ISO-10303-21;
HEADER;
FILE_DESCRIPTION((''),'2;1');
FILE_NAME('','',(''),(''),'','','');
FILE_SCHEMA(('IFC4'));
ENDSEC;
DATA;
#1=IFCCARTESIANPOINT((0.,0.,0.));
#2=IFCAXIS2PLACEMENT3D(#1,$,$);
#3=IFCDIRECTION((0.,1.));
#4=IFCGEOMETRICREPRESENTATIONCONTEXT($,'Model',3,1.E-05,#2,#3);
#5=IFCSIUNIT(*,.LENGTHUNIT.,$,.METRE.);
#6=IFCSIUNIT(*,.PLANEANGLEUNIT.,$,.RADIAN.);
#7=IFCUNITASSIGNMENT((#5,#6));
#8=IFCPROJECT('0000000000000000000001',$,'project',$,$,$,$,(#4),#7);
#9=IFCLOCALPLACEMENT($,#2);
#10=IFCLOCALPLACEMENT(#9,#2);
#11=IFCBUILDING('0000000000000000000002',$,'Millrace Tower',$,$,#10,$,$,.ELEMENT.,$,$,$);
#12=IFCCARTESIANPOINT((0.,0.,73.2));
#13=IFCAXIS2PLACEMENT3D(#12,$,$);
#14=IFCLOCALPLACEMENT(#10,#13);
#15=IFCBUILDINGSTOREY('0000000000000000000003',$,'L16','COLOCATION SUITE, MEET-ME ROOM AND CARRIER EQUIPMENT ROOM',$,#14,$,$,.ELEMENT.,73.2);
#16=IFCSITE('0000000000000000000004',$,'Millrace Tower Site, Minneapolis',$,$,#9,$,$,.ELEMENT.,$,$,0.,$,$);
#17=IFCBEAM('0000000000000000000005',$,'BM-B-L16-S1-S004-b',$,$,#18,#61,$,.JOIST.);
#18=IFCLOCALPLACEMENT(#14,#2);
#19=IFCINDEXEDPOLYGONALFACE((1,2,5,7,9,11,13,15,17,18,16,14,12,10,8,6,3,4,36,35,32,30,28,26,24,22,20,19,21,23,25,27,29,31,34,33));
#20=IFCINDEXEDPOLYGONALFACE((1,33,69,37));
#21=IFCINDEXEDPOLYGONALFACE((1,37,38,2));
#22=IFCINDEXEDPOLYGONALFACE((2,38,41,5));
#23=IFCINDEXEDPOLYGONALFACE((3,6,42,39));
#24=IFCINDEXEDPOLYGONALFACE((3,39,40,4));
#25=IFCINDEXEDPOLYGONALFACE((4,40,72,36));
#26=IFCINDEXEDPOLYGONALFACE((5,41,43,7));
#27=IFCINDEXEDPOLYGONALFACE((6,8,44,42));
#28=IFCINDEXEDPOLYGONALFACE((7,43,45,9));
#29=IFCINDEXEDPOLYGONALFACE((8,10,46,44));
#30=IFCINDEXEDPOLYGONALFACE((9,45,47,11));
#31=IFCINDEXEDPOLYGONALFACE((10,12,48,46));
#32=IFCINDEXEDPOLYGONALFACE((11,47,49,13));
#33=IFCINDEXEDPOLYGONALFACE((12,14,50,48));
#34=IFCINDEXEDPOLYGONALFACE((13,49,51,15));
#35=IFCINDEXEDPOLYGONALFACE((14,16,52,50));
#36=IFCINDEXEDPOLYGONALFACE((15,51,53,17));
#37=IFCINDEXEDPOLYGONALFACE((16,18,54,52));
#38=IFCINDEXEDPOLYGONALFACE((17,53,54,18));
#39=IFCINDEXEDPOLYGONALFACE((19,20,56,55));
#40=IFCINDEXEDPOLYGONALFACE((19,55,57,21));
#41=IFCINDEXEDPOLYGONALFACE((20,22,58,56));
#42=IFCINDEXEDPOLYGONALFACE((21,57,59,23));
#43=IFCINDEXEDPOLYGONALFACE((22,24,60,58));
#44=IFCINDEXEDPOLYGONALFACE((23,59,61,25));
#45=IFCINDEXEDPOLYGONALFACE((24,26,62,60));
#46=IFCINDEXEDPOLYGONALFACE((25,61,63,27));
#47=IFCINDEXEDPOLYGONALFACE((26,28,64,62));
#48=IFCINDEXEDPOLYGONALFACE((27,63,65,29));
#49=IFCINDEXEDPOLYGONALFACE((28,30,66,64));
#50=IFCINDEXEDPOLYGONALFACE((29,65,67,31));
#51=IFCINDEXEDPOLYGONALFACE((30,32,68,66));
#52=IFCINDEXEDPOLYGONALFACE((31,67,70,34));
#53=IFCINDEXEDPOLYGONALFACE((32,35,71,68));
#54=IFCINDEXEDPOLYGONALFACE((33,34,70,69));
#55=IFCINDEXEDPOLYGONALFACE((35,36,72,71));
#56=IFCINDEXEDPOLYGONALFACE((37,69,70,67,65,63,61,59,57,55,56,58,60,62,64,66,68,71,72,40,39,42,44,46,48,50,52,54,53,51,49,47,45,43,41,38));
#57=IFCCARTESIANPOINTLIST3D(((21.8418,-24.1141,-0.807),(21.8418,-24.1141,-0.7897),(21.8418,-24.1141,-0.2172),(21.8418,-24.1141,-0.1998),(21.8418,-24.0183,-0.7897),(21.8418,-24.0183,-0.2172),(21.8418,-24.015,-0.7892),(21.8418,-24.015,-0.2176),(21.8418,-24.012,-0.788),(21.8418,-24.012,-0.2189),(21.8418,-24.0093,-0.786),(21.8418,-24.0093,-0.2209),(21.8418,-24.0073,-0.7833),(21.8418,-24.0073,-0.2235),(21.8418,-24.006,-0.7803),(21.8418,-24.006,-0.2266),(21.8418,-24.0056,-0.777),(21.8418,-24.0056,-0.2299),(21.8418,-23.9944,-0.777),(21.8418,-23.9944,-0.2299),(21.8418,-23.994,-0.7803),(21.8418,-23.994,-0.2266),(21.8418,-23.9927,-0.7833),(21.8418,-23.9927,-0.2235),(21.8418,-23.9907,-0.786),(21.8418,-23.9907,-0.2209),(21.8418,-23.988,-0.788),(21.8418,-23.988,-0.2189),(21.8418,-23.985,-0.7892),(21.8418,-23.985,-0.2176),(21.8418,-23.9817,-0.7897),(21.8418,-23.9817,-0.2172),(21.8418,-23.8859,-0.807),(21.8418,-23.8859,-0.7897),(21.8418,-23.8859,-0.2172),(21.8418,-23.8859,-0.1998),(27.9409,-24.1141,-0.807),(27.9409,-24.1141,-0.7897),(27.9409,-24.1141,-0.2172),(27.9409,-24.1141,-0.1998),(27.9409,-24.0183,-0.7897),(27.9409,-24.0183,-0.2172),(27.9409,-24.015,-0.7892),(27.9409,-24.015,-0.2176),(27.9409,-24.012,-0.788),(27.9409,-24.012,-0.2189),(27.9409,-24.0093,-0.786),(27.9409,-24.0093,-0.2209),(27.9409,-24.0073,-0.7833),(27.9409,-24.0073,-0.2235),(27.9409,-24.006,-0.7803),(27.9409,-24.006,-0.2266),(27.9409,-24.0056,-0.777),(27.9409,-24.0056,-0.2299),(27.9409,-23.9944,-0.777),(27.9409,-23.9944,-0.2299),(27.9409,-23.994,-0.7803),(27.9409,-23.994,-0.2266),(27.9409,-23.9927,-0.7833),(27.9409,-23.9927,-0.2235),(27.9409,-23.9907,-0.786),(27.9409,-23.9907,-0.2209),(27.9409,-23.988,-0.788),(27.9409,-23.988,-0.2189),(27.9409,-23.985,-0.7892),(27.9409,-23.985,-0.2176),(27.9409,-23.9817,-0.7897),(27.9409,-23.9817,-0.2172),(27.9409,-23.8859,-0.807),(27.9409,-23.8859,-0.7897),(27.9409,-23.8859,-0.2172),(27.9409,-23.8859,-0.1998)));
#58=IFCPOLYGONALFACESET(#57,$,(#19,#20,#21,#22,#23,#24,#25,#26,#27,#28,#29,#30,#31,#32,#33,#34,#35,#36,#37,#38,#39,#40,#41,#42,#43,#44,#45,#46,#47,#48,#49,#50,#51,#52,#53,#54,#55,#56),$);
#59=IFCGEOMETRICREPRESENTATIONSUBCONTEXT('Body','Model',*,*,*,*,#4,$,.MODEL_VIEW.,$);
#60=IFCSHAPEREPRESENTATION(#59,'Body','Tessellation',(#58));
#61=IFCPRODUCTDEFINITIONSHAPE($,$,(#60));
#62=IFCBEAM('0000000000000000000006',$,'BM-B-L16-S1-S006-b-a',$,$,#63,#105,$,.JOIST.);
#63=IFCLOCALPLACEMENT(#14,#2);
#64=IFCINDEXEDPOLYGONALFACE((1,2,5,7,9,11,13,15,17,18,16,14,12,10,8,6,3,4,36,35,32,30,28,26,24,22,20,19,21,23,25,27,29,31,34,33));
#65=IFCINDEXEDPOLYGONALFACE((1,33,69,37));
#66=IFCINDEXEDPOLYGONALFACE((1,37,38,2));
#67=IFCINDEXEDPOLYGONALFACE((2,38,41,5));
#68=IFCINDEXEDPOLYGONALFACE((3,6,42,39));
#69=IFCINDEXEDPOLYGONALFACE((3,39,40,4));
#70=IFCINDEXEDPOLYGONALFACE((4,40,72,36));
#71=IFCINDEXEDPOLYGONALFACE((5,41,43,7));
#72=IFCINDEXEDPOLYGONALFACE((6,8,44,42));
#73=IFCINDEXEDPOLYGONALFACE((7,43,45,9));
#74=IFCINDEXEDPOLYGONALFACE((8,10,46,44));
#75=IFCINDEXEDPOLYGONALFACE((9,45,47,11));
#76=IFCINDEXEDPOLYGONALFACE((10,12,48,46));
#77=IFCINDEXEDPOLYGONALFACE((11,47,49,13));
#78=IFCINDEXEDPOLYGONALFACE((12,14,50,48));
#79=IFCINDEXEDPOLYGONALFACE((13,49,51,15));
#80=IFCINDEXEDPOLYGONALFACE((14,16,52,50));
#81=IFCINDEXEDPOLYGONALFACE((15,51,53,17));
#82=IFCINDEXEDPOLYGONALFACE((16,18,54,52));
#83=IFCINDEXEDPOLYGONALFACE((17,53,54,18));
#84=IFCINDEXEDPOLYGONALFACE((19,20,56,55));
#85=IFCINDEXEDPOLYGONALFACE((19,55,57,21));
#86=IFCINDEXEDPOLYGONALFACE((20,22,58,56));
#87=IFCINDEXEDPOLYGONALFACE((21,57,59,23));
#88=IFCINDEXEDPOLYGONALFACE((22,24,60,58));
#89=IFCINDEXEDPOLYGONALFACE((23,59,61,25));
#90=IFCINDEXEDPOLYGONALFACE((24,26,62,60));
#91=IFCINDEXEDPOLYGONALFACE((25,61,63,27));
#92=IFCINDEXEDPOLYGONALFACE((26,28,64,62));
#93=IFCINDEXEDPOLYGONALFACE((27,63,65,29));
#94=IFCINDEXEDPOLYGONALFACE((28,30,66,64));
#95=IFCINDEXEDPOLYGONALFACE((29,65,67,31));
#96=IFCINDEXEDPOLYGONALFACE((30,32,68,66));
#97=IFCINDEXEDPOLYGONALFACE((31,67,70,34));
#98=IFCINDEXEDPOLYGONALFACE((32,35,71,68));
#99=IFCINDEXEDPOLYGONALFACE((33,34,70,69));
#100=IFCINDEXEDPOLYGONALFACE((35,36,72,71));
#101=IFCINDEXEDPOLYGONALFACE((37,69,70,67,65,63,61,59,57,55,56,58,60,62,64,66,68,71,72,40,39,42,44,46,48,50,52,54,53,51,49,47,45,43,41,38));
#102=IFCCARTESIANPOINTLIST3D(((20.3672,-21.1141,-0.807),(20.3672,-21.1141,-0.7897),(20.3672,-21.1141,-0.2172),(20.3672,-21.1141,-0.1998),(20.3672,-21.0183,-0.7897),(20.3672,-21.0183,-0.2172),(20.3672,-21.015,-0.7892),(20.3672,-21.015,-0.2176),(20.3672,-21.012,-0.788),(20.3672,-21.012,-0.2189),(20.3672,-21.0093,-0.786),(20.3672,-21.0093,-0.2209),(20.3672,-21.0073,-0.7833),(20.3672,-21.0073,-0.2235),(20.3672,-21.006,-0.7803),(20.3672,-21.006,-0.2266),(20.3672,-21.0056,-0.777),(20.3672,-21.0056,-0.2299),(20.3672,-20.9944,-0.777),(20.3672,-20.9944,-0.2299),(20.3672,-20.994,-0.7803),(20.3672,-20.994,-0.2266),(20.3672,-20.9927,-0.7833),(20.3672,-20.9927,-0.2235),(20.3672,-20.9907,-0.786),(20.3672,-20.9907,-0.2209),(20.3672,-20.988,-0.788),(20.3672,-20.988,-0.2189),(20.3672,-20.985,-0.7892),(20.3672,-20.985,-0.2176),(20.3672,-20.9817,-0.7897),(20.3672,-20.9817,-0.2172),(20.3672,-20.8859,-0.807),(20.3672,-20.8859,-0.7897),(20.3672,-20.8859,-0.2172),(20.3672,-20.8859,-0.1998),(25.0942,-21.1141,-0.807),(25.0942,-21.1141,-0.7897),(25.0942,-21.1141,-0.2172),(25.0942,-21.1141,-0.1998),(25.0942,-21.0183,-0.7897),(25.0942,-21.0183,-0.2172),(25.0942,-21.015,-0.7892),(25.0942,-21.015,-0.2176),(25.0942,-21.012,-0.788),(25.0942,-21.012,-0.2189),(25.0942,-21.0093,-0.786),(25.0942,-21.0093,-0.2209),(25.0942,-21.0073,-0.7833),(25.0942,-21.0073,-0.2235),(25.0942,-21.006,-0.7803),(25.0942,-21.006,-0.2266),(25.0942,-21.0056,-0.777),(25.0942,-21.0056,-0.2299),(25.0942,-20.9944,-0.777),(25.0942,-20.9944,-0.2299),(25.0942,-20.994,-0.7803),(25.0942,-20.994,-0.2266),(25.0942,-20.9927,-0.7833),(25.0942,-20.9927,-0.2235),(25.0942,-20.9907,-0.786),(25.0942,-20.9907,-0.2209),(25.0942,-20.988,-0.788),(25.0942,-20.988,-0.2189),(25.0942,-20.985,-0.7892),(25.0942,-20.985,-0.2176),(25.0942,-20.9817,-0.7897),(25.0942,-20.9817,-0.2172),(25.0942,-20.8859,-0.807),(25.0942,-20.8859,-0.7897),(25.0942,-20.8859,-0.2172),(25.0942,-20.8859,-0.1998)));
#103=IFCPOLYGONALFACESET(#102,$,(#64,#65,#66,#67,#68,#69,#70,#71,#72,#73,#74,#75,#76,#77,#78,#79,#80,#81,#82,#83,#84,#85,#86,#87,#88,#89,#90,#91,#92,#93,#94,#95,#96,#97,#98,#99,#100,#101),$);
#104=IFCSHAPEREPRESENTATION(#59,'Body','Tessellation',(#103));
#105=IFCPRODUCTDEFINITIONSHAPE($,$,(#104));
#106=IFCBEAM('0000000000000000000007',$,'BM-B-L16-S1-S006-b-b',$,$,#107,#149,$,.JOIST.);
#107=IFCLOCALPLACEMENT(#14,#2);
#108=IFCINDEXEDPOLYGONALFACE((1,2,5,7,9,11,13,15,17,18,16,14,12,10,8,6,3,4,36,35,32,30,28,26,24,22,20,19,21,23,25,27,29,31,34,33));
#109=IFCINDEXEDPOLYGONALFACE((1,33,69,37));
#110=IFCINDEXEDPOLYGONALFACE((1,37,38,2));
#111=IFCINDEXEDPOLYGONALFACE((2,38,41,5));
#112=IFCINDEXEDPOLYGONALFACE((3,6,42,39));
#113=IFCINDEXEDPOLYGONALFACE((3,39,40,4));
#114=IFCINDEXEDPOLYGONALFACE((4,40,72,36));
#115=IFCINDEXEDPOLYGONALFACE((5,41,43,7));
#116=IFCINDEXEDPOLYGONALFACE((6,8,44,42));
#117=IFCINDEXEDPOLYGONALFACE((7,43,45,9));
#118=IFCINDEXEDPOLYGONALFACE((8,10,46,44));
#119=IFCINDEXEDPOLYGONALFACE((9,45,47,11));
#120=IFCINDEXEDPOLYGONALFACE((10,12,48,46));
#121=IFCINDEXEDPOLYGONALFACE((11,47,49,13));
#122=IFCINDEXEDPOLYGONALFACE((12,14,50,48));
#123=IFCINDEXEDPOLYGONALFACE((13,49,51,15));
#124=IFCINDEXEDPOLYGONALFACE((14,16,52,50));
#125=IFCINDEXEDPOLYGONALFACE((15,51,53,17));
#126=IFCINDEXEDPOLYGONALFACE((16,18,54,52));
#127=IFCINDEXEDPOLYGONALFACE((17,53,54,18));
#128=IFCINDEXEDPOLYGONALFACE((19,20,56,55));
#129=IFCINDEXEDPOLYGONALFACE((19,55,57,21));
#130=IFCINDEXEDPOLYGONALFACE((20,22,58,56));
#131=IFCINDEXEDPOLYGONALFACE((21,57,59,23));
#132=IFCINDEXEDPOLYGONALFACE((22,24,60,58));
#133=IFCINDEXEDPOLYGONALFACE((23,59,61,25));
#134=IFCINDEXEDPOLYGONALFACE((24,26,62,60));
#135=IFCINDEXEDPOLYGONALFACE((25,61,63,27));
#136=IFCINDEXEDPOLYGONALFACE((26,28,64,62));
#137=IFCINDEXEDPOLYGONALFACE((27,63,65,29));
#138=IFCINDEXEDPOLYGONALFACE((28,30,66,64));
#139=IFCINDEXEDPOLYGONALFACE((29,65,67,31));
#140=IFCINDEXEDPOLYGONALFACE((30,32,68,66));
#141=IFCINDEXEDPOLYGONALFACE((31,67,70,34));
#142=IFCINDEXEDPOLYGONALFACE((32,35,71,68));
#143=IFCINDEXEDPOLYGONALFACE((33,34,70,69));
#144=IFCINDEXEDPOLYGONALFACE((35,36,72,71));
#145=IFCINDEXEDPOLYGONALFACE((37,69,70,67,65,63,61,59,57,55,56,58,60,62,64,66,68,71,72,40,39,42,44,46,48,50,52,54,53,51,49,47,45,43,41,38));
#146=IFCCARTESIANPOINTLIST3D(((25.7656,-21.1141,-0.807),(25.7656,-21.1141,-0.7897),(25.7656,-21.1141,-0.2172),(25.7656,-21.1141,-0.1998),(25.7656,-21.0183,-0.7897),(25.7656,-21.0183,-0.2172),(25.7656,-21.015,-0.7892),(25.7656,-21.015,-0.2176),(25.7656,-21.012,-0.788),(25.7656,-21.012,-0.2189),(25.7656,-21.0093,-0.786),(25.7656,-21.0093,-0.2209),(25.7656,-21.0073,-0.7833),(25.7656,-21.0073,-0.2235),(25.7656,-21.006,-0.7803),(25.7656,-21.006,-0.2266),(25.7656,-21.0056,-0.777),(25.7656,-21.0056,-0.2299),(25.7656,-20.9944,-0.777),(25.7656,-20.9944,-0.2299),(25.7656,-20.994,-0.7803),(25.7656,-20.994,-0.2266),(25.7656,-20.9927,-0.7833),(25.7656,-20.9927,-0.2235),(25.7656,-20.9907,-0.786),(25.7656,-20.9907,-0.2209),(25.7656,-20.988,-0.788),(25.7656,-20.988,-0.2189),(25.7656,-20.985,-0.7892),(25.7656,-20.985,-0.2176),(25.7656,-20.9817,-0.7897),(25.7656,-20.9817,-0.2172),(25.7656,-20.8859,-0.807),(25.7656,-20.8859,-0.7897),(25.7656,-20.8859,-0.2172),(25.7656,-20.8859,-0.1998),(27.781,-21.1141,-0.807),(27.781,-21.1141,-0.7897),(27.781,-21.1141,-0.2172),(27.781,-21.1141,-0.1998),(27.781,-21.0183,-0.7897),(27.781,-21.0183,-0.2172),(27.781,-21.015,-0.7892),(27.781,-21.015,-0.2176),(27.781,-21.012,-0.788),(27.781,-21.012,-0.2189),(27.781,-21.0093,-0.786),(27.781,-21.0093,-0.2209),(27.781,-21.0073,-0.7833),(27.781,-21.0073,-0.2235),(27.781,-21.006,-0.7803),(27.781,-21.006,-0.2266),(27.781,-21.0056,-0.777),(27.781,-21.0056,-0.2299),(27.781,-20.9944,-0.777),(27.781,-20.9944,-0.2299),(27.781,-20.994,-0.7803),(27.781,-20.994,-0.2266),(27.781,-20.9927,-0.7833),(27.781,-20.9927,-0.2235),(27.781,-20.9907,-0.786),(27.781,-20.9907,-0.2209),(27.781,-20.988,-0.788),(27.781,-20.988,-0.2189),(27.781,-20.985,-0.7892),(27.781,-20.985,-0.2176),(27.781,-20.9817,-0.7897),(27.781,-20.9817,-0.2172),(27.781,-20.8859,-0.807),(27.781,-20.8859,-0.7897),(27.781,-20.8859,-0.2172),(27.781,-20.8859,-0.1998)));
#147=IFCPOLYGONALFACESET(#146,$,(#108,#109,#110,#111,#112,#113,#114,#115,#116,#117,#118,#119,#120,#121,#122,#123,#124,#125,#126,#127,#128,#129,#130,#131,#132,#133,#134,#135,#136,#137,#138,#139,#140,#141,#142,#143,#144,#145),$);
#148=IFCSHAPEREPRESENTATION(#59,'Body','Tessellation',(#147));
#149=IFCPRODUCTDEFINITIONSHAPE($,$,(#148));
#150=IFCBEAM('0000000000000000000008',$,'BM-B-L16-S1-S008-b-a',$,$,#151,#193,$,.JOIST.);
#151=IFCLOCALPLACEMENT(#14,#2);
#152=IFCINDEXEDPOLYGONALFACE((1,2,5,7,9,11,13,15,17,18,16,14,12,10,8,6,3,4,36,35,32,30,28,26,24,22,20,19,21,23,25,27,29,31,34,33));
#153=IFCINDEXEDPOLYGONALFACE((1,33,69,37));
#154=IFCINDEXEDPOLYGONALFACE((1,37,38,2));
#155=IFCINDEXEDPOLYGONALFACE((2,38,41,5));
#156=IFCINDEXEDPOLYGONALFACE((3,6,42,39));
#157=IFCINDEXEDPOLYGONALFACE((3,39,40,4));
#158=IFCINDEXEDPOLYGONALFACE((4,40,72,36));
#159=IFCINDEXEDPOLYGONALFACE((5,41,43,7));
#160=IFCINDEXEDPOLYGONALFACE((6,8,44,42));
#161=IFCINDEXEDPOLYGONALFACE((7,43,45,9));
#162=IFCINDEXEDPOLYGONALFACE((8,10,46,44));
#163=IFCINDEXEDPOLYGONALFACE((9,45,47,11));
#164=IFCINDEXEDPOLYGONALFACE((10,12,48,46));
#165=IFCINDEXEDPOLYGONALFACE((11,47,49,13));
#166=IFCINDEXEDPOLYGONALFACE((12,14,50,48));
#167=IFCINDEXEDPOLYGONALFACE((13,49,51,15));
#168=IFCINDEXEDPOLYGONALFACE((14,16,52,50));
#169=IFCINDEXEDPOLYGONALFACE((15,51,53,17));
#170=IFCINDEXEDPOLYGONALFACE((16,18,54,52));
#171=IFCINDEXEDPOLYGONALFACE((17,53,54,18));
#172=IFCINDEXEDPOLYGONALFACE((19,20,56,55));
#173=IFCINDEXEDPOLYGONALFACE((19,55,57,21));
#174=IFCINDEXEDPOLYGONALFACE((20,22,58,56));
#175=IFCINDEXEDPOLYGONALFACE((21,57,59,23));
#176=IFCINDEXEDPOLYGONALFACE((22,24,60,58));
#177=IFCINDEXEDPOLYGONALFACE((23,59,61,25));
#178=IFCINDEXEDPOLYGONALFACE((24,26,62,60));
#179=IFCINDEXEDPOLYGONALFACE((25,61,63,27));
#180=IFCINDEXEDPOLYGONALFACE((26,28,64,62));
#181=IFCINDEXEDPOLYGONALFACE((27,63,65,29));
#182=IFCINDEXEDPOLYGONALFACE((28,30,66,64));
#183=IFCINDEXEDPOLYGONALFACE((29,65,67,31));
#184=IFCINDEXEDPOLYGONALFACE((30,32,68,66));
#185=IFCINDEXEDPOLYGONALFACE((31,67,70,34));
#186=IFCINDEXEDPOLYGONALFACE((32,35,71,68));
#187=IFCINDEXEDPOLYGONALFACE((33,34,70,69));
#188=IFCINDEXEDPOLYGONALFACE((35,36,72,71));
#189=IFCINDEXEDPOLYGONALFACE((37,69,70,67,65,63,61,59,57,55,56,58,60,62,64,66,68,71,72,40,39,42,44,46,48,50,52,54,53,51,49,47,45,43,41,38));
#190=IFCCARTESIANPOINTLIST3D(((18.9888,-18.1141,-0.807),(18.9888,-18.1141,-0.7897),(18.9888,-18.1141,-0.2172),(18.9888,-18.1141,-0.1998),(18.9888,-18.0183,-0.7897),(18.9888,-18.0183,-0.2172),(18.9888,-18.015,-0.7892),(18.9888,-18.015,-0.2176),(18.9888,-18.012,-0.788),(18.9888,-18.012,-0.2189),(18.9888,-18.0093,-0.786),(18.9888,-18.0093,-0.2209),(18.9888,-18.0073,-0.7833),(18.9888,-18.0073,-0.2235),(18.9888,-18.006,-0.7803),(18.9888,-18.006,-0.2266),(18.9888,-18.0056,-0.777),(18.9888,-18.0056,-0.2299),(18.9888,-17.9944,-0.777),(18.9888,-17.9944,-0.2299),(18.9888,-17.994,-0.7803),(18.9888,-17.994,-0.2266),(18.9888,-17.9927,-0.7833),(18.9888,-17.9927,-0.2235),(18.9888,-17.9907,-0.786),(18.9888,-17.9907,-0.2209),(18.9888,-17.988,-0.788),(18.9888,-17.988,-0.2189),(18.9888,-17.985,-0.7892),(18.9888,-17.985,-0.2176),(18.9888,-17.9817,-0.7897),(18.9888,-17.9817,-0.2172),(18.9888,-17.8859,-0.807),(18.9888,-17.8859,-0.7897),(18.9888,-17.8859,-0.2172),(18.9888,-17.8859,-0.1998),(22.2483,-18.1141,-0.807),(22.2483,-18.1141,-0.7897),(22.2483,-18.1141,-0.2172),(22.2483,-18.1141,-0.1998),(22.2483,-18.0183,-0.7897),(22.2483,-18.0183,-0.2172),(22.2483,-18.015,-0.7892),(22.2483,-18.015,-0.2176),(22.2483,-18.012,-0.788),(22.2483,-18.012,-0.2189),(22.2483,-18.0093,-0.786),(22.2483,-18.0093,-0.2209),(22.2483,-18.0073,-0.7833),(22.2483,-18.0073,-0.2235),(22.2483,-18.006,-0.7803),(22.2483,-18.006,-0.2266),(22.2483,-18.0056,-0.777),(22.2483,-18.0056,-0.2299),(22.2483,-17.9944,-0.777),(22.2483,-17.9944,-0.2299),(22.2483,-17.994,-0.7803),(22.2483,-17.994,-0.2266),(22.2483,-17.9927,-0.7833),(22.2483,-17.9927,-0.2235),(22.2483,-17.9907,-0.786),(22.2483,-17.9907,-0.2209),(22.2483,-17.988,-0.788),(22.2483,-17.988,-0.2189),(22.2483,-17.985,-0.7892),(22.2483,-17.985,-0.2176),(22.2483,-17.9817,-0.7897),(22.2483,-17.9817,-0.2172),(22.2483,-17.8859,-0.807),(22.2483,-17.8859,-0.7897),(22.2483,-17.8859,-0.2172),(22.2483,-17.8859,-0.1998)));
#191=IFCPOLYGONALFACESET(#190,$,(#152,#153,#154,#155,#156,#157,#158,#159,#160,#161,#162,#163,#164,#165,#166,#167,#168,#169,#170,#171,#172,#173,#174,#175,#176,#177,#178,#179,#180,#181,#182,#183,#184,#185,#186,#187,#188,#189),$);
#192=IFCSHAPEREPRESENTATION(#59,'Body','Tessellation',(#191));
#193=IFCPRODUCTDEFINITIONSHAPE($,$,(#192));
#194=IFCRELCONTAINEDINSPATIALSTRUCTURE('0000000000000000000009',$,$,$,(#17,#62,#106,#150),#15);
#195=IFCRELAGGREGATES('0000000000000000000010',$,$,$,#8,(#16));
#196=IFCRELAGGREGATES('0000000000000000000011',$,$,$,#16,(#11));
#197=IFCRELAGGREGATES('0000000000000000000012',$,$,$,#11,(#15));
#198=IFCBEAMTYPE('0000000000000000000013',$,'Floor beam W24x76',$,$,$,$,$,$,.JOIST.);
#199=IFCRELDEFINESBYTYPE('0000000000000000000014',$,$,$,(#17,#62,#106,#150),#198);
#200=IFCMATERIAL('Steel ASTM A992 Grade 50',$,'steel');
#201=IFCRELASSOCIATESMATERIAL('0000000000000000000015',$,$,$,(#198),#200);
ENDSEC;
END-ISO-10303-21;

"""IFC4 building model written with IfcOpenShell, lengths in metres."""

from ifc_helpers import new_model, si_unit, direction, frame, origin, origin_2d, place, context, subcontext, project, spatial, i_section, extrude, material, material_profile, profile_set, type_object, element, save


model = new_model("IFC4")

# Units and contexts
model_context = context("Model", 3, precision=1e-05, world=origin(), true_north=direction((0.0, 1.0)))
body_context = subcontext(model_context, "Body", "Model", "MODEL_VIEW")
ifc_project = project(units=[si_unit("LENGTHUNIT", "METRE"), si_unit("PLANEANGLEUNIT", "RADIAN")], contexts=[model_context])

# Site, building, storey
site_placement = place(None, origin())
site = spatial("IfcSite", under=ifc_project, at=site_placement, Name="Millrace Tower Site, Minneapolis", CompositionType="ELEMENT", RefElevation=0.0)
building_placement = place(site_placement, origin())
building = spatial("IfcBuilding", under=site, at=building_placement, Name="Millrace Tower", CompositionType="ELEMENT")
storey_placement = place(building_placement, frame((0.0, 0.0, 73.2)))
storey = spatial("IfcBuildingStorey", under=building, at=storey_placement, Name="L16", Description="COLOCATION SUITE, MEET-ME ROOM AND CARRIER EQUIPMENT ROOM", CompositionType="ELEMENT", Elevation=73.2)

# Beams
ifc_material_1 = material(Name="Steel ASTM A992 Grade 50", Category="steel")
ifc_material_profile_1 = material_profile(ifc_material_1, i_section(OverallWidth=0.2283, OverallDepth=0.6072, WebThickness=0.0112, FlangeThickness=0.0173, FilletRadius=0.0127, at=origin_2d()))
ifc_profile_set_1 = profile_set([ifc_material_profile_1], Name="Steel ASTM A992 Grade 50")
beam_type_1 = type_object("IfcBeamType", Name="Floor beam W24x76", PredefinedType="JOIST", material=ifc_profile_set_1)
beam_1_placement = place(storey_placement, frame((21.8418, -24.0, -0.5034), z_axis=(1.0, 0.0, 0.0), x_axis=(0.0, 1.0, 0.0)))
element("IfcBeam", 1, at=beam_1_placement, inside=storey, type_object=beam_type_1, Name="BM-B-L16-S1-S004-b", PredefinedType="JOIST", context=body_context, shape_type="SweptSolid", body=[
    extrude(i_section(OverallWidth=0.2283, OverallDepth=0.6072, WebThickness=0.0112, FlangeThickness=0.0173, FilletRadius=0.0127, at=origin_2d()), origin(), (0.0, 0.0, 1.0), 6.0991),
])
beam_2_placement = place(storey_placement, frame((20.3672, -21.0, -0.5034), z_axis=(1.0, 0.0, 0.0), x_axis=(0.0, 1.0, 0.0)))
element("IfcBeam", 2, at=beam_2_placement, inside=storey, type_object=beam_type_1, Name="BM-B-L16-S1-S006-b-a", PredefinedType="JOIST", context=body_context, shape_type="SweptSolid", body=[
    extrude(i_section(OverallWidth=0.2283, OverallDepth=0.6072, WebThickness=0.0112, FlangeThickness=0.0173, FilletRadius=0.0127, at=origin_2d()), origin(), (0.0, 0.0, 1.0), 4.7271),
])
beam_3_placement = place(storey_placement, frame((25.7656, -21.0, -0.5034), z_axis=(1.0, 0.0, 0.0), x_axis=(0.0, 1.0, 0.0)))
element("IfcBeam", 3, at=beam_3_placement, inside=storey, type_object=beam_type_1, Name="BM-B-L16-S1-S006-b-b", PredefinedType="JOIST", context=body_context, shape_type="SweptSolid", body=[
    extrude(i_section(OverallWidth=0.2283, OverallDepth=0.6072, WebThickness=0.0112, FlangeThickness=0.0173, FilletRadius=0.0127, at=origin_2d()), origin(), (0.0, 0.0, 1.0), 2.0154),
])
beam_4_placement = place(storey_placement, frame((18.9888, -18.0, -0.5034), z_axis=(1.0, 0.0, 0.0), x_axis=(0.0, 1.0, 0.0)))
element("IfcBeam", 4, at=beam_4_placement, inside=storey, type_object=beam_type_1, Name="BM-B-L16-S1-S008-b-a", PredefinedType="JOIST", context=body_context, shape_type="SweptSolid", body=[
    extrude(i_section(OverallWidth=0.2283, OverallDepth=0.6072, WebThickness=0.0112, FlangeThickness=0.0173, FilletRadius=0.0127, at=origin_2d()), origin(), (0.0, 0.0, 1.0), 3.2595),
])

save(model, "model.ifc")
